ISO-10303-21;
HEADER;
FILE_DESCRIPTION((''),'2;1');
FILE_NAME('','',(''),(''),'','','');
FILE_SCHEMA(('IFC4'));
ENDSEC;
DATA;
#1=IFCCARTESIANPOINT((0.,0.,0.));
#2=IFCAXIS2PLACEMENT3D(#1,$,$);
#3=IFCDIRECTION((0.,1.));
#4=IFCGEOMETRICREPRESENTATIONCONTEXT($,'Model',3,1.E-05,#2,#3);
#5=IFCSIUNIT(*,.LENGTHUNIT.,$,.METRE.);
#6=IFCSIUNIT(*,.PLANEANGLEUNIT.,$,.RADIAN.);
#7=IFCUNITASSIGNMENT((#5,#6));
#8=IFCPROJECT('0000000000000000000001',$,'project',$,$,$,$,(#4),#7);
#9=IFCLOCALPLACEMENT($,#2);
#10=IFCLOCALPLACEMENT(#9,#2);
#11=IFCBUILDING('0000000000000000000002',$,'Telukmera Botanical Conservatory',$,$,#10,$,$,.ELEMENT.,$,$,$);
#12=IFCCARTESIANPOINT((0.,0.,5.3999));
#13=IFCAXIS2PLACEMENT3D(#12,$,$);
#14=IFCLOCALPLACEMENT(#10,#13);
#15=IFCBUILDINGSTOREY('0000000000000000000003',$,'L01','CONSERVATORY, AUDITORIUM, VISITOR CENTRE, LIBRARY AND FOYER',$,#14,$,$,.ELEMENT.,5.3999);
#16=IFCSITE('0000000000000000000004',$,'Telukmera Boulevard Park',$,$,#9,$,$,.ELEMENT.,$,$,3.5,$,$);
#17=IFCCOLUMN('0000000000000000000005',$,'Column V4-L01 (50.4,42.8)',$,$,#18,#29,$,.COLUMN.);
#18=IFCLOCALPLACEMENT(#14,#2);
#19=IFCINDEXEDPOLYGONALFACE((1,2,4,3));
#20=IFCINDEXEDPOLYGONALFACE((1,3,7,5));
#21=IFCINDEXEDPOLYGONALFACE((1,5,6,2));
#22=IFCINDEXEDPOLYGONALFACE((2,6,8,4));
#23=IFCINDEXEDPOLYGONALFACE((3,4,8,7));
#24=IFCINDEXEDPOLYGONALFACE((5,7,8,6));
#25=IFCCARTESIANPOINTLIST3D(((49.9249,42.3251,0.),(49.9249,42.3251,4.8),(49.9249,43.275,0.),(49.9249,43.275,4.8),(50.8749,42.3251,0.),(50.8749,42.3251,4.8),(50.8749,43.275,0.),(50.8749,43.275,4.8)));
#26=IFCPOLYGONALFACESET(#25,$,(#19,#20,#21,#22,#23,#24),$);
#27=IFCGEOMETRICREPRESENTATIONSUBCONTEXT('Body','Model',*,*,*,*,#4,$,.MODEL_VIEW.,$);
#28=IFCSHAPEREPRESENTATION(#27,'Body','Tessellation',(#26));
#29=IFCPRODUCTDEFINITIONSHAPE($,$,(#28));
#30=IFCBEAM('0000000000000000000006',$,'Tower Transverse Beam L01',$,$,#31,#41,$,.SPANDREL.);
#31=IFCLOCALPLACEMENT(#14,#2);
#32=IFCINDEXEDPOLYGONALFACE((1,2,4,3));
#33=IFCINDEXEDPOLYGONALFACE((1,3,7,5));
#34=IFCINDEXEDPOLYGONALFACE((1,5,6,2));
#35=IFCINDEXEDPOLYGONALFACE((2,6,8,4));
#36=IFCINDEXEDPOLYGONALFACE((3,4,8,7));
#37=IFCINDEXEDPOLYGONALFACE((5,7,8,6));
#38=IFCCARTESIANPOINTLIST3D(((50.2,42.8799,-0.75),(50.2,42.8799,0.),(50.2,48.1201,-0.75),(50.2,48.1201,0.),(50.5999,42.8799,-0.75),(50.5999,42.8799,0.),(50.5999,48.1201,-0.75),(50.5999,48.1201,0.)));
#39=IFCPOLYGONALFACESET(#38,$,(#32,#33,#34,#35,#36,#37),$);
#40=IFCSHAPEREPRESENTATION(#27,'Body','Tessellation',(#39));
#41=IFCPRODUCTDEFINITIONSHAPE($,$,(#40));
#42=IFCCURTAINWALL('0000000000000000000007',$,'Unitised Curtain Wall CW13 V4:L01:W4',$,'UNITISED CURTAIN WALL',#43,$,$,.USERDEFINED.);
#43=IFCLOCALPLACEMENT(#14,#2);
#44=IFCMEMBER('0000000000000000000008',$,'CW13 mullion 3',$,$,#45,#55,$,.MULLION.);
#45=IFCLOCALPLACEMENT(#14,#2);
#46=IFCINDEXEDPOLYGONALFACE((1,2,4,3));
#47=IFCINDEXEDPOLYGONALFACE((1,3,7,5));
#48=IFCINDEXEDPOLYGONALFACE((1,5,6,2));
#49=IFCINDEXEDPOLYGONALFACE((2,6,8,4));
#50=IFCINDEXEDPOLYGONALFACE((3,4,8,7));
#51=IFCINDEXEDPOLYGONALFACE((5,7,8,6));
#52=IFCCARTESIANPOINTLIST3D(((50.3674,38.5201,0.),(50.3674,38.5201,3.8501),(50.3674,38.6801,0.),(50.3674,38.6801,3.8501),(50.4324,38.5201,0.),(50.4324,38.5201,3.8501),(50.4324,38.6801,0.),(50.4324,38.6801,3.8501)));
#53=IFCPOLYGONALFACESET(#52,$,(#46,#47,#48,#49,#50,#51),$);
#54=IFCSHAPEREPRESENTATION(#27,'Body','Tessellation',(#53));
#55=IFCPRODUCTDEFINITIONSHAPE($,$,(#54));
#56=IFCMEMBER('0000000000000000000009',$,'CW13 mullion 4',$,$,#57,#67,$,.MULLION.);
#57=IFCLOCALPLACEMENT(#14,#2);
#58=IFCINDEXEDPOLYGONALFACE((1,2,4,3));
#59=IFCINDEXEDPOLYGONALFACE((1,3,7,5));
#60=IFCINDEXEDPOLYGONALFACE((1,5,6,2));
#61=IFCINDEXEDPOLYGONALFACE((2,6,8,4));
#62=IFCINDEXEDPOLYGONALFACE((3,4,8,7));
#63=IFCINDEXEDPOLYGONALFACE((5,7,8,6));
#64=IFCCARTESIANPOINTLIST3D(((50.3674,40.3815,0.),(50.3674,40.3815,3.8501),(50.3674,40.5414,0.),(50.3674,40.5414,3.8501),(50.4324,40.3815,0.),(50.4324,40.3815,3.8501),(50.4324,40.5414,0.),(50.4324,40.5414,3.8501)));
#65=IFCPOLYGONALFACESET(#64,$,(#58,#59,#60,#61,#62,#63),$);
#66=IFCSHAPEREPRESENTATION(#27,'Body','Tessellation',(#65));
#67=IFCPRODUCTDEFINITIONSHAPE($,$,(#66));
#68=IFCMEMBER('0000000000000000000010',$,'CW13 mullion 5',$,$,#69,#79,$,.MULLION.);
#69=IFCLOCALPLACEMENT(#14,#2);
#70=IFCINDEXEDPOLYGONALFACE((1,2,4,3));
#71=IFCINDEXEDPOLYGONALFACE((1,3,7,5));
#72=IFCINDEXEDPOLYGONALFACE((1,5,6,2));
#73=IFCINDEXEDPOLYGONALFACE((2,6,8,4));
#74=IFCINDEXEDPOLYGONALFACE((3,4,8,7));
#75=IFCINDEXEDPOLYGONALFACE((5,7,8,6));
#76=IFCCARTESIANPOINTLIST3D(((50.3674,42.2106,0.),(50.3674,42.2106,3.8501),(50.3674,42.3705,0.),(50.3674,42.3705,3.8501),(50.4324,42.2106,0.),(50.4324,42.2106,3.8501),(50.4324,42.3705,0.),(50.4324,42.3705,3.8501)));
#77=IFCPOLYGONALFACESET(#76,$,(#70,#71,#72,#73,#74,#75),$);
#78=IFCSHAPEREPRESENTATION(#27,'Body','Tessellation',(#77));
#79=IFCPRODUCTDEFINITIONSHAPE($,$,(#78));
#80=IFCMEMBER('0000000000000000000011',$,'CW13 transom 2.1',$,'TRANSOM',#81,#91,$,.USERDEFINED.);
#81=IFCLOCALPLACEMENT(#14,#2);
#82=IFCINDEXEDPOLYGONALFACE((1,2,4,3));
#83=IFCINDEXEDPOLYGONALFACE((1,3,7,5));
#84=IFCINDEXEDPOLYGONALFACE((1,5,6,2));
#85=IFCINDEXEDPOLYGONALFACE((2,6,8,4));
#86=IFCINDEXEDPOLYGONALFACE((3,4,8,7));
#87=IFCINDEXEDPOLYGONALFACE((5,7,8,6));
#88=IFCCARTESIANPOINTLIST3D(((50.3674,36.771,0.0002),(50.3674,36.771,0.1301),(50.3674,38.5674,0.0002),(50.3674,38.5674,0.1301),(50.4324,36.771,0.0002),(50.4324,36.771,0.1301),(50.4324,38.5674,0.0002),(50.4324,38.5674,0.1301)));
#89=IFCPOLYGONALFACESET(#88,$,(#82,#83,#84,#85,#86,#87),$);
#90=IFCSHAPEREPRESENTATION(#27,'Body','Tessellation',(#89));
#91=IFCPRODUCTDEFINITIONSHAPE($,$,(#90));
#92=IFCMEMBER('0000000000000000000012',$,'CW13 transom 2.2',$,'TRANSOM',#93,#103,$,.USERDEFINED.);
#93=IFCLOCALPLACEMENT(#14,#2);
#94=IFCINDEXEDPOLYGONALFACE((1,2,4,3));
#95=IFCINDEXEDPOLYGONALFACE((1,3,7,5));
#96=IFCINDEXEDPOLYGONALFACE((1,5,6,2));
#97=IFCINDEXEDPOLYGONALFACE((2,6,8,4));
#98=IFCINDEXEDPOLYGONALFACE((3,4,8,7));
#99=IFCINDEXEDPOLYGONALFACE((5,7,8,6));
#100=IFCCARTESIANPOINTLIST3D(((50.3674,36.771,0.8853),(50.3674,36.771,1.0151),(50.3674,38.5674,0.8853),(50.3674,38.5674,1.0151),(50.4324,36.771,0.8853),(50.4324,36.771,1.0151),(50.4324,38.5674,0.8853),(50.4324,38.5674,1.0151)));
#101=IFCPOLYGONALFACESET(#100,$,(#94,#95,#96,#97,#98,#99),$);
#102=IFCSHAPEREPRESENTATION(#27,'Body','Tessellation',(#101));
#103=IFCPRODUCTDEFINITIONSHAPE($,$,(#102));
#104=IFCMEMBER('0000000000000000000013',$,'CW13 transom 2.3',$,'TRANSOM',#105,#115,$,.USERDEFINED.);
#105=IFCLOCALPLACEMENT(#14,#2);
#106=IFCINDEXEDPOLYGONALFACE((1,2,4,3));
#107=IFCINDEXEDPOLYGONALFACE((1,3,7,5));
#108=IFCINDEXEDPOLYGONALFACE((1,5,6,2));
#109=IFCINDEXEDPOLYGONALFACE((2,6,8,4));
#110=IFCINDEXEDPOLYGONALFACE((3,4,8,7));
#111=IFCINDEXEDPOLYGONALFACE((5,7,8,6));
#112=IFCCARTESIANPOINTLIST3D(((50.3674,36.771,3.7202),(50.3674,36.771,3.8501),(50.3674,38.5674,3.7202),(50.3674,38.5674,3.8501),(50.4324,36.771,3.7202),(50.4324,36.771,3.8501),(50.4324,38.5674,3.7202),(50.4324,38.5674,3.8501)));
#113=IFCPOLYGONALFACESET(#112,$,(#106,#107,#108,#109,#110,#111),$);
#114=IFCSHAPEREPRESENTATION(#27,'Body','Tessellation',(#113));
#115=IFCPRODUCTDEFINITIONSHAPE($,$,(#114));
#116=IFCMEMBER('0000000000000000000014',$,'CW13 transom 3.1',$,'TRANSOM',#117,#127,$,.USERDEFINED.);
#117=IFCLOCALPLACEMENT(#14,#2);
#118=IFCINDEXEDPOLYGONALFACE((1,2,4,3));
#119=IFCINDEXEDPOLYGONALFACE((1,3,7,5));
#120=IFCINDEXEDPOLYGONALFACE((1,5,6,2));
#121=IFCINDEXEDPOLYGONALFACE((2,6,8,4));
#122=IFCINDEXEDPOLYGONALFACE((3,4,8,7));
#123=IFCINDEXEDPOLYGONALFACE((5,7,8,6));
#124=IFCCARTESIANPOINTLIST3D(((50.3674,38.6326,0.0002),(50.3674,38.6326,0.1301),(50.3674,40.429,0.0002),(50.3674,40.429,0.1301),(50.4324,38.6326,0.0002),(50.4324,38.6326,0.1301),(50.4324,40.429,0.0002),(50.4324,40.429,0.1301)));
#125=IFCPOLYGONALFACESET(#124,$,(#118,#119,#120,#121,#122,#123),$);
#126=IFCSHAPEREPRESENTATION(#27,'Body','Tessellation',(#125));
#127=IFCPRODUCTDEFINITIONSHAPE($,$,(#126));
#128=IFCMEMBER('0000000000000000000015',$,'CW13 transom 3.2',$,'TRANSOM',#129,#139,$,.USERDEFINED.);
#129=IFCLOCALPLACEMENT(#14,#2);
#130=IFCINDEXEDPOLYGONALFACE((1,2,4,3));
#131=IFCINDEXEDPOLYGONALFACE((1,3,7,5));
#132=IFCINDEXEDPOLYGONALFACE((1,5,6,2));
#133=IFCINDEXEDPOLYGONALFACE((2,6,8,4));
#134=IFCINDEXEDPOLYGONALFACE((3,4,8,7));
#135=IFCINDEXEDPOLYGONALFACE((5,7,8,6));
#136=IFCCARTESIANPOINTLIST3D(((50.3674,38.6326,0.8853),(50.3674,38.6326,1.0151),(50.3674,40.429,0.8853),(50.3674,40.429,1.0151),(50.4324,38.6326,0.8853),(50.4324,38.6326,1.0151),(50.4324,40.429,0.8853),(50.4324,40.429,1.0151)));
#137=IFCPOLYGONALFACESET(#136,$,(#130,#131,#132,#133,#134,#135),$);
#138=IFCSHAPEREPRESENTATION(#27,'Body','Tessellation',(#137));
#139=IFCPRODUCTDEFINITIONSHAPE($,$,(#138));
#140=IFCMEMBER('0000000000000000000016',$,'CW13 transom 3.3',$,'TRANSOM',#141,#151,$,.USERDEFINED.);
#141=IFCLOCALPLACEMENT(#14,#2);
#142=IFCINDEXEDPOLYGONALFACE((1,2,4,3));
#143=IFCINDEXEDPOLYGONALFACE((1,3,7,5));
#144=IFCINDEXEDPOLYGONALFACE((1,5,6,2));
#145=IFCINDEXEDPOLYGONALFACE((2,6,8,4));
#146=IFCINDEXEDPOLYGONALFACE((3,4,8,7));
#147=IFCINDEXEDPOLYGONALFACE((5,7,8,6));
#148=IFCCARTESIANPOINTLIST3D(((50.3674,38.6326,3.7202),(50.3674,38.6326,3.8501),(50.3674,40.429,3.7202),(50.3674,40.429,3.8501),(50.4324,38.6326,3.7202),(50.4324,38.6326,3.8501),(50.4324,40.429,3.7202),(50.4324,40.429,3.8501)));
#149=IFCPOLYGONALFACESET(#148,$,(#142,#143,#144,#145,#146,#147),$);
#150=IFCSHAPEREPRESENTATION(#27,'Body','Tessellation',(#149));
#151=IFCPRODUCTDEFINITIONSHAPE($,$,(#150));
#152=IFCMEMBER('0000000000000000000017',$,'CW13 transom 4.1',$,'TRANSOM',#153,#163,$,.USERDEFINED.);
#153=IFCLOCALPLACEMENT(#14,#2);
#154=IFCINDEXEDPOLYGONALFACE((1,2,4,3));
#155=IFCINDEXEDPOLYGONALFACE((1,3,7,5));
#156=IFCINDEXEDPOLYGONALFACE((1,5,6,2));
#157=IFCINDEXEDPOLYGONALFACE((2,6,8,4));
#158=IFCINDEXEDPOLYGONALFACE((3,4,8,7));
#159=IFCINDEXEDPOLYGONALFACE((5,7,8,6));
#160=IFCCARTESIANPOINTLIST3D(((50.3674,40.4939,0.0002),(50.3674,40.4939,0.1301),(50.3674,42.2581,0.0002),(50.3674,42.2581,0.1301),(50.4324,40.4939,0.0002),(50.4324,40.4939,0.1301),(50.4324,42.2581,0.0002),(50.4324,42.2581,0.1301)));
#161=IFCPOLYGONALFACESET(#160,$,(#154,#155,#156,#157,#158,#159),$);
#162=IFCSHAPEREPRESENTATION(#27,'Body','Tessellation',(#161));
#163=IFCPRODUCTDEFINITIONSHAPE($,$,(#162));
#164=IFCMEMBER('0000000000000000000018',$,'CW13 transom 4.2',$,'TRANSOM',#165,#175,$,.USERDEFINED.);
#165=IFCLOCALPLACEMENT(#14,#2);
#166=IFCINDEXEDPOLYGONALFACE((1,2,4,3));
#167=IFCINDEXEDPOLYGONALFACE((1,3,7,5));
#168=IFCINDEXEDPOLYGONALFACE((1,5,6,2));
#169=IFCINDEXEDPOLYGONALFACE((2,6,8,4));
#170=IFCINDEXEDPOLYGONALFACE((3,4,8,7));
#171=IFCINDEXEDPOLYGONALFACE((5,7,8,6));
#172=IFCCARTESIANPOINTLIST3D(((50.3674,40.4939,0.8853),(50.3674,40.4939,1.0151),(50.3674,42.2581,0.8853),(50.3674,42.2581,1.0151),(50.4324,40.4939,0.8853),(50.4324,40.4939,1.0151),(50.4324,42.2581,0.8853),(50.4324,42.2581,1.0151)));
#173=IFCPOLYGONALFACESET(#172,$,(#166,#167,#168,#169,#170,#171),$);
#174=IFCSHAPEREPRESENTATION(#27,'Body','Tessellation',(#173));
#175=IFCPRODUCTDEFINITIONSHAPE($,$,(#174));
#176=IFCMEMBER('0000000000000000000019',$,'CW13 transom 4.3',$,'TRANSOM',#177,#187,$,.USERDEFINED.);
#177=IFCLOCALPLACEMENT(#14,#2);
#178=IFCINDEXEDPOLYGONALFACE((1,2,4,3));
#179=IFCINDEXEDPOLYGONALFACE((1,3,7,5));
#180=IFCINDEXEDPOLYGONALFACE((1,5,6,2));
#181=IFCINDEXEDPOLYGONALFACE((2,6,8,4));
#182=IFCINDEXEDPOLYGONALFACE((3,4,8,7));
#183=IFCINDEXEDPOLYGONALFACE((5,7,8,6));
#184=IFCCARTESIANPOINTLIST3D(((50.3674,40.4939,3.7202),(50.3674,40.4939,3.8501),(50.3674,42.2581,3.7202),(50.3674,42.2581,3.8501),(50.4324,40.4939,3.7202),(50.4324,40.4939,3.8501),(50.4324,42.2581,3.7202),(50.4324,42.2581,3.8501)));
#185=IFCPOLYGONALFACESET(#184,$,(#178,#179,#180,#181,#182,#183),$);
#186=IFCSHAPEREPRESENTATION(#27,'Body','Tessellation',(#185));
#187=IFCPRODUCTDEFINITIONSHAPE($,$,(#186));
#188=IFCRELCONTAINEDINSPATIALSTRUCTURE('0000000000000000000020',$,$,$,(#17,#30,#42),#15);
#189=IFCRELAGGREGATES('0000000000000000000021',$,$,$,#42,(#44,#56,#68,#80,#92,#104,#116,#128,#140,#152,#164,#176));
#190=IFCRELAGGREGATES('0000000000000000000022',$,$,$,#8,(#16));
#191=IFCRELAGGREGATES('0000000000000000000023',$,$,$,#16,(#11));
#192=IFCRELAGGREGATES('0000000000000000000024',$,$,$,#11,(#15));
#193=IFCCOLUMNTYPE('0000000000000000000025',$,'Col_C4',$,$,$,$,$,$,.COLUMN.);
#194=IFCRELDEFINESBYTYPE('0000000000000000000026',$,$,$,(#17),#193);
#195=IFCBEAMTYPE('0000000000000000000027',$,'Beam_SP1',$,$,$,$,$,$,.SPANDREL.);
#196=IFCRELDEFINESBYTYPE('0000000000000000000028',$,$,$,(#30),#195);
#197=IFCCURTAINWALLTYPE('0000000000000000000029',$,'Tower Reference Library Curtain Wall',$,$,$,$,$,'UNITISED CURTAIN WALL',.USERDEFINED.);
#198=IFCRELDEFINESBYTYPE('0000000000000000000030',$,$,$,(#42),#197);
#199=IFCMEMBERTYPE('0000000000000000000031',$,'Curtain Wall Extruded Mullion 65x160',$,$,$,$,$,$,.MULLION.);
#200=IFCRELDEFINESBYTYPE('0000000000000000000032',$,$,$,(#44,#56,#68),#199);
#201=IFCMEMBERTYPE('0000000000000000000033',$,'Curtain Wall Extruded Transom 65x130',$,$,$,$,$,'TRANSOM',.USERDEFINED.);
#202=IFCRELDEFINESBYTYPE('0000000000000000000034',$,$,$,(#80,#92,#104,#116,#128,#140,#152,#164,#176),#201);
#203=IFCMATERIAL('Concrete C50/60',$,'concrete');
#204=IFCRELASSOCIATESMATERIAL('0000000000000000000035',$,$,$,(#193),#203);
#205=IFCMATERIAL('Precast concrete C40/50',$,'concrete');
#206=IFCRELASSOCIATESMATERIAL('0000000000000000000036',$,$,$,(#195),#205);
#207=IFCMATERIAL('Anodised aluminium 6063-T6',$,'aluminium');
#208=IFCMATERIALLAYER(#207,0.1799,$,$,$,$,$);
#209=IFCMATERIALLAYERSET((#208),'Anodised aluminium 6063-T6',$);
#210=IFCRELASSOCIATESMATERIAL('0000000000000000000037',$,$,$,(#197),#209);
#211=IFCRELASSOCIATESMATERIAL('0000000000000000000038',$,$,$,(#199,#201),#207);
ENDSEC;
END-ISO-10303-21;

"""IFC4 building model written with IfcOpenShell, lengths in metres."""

from ifc_helpers import new_model, si_unit, direction, frame, origin, origin_2d, place, context, subcontext, project, spatial, rectangle, extrude, material, layer, layer_set, material_profile, profile_set, type_object, element, aggregate, save


model = new_model("IFC4")

# Units and contexts
model_context = context("Model", 3, precision=1e-05, world=origin(), true_north=direction((0.0, 1.0)))
body_context = subcontext(model_context, "Body", "Model", "MODEL_VIEW")
ifc_project = project(units=[si_unit("LENGTHUNIT", "METRE"), si_unit("PLANEANGLEUNIT", "RADIAN")], contexts=[model_context])

# Site, building, storey
site_placement = place(None, origin())
site = spatial("IfcSite", under=ifc_project, at=site_placement, Name="Telukmera Boulevard Park", CompositionType="ELEMENT", RefElevation=3.5)
building_placement = place(site_placement, origin())
building = spatial("IfcBuilding", under=site, at=building_placement, Name="Telukmera Botanical Conservatory", CompositionType="ELEMENT")
storey_placement = place(building_placement, frame((0.0, 0.0, 5.3999)))
storey = spatial("IfcBuildingStorey", under=building, at=storey_placement, Name="L01", Description="CONSERVATORY, AUDITORIUM, VISITOR CENTRE, LIBRARY AND FOYER", CompositionType="ELEMENT", Elevation=5.3999)

# Column
ifc_material_1 = material(Name="Concrete C50/60", Category="concrete")
ifc_material_profile_1 = material_profile(ifc_material_1, rectangle(XDim=0.95, YDim=0.95, at=origin_2d()), Name="RC 950x950")
ifc_profile_set_1 = profile_set([ifc_material_profile_1], Name="Concrete C50/60")
column_type = type_object("IfcColumnType", Name="Col_C4", PredefinedType="COLUMN", material=ifc_profile_set_1)
column_placement = place(storey_placement, frame((50.3999, 42.8, 0.0), z_axis=(0.0, 0.0, 1.0), x_axis=(1.0, 0.0, 0.0)))
element("IfcColumn", 1, at=column_placement, inside=storey, type_object=column_type, Name="Column V4-L01 (50.4,42.8)", PredefinedType="COLUMN", context=body_context, shape_type="SweptSolid", body=[
    extrude(rectangle(XDim=0.95, YDim=0.95, at=origin_2d()), origin(), (0.0, 0.0, 1.0), 4.8),
])

# Beam
ifc_material_2 = material(Name="Precast concrete C40/50", Category="concrete")
ifc_material_profile_2 = material_profile(ifc_material_2, rectangle(XDim=0.3999, YDim=0.75, at=origin_2d()), Name="PC 400x750")
ifc_profile_set_2 = profile_set([ifc_material_profile_2], Name="Precast concrete C40/50")
beam_type = type_object("IfcBeamType", Name="Beam_SP1", PredefinedType="SPANDREL", material=ifc_profile_set_2)
beam_placement = place(storey_placement, frame((50.3999, 42.8799, -0.375), z_axis=(0.0, 1.0, 0.0), x_axis=(-1.0, 0.0, 0.0)))
element("IfcBeam", 2, at=beam_placement, inside=storey, type_object=beam_type, Name="Tower Transverse Beam L01", PredefinedType="SPANDREL", context=body_context, shape_type="SweptSolid", body=[
    extrude(rectangle(XDim=0.3999, YDim=0.75, at=origin_2d()), origin(), (0.0, 0.0, 1.0), 5.2402),
])

# Curtain wall, members
ifc_material_3 = material(Name="Anodised aluminium 6063-T6", Category="aluminium")
ifc_layer_1 = layer(ifc_material_3, 0.1799)
ifc_layer_set_1 = layer_set([ifc_layer_1], Name="Anodised aluminium 6063-T6")
curtain_wall_type = type_object("IfcCurtainWallType", Name="Tower Reference Library Curtain Wall", ElementType="UNITISED CURTAIN WALL", PredefinedType="USERDEFINED", material=ifc_layer_set_1)
curtain_wall_placement = place(storey_placement, origin())
curtain_wall = element("IfcCurtainWall", 3, at=curtain_wall_placement, inside=storey, type_object=curtain_wall_type, Name="Unitised Curtain Wall CW13 V4:L01:W4", ObjectType="UNITISED CURTAIN WALL", PredefinedType="USERDEFINED")
ifc_material_profile_3 = material_profile(ifc_material_3, rectangle(XDim=0.0649, YDim=0.1599, at=origin_2d()), Name="ALU MULL 65x160")
ifc_profile_set_3 = profile_set([ifc_material_profile_3], Name="Anodised aluminium 6063-T6")
member_type_1 = type_object("IfcMemberType", Name="Curtain Wall Extruded Mullion 65x160", PredefinedType="MULLION", material=ifc_profile_set_3)
member_1_placement = place(storey_placement, frame((50.3999, 38.6001, 0.0), z_axis=(0.0, 0.0, 1.0), x_axis=(-1.0, 0.0, 0.0)))
member_1 = element("IfcMember", 4, at=member_1_placement, type_object=member_type_1, Name="CW13 mullion 3", PredefinedType="MULLION", context=body_context, shape_type="SweptSolid", body=[
    extrude(rectangle(XDim=0.0649, YDim=0.1599, at=origin_2d()), origin(), (0.0, 0.0, 1.0), 3.8501),
])
member_2_placement = place(storey_placement, frame((50.3999, 40.4614, 0.0), z_axis=(0.0, 0.0, 1.0), x_axis=(-1.0, 0.0, 0.0)))
member_2 = element("IfcMember", 5, at=member_2_placement, type_object=member_type_1, Name="CW13 mullion 4", PredefinedType="MULLION", context=body_context, shape_type="SweptSolid", body=[
    extrude(rectangle(XDim=0.0649, YDim=0.1599, at=origin_2d()), origin(), (0.0, 0.0, 1.0), 3.8501),
])
member_3_placement = place(storey_placement, frame((50.3999, 42.2905, 0.0), z_axis=(0.0, 0.0, 1.0), x_axis=(-1.0, 0.0, 0.0)))
member_3 = element("IfcMember", 6, at=member_3_placement, type_object=member_type_1, Name="CW13 mullion 5", PredefinedType="MULLION", context=body_context, shape_type="SweptSolid", body=[
    extrude(rectangle(XDim=0.0649, YDim=0.1599, at=origin_2d()), origin(), (0.0, 0.0, 1.0), 3.8501),
])
ifc_material_profile_4 = material_profile(ifc_material_3, rectangle(XDim=0.0649, YDim=0.1299, at=origin_2d()), Name="ALU TRAN 65x130")
ifc_profile_set_4 = profile_set([ifc_material_profile_4], Name="Anodised aluminium 6063-T6")
member_type_2 = type_object("IfcMemberType", Name="Curtain Wall Extruded Transom 65x130", ElementType="TRANSOM", PredefinedType="USERDEFINED", material=ifc_profile_set_4)
member_4_placement = place(storey_placement, frame((50.3999, 36.771, 0.0652), z_axis=(0.0, 1.0, 0.0), x_axis=(-1.0, 0.0, 0.0)))
member_4 = element("IfcMember", 7, at=member_4_placement, type_object=member_type_2, Name="CW13 transom 2.1", ObjectType="TRANSOM", PredefinedType="USERDEFINED", context=body_context, shape_type="SweptSolid", body=[
    extrude(rectangle(XDim=0.0649, YDim=0.1299, at=origin_2d()), origin(), (0.0, 0.0, 1.0), 1.7964),
])
member_5_placement = place(storey_placement, frame((50.3999, 36.771, 0.9502), z_axis=(0.0, 1.0, 0.0), x_axis=(-1.0, 0.0, 0.0)))
member_5 = element("IfcMember", 8, at=member_5_placement, type_object=member_type_2, Name="CW13 transom 2.2", ObjectType="TRANSOM", PredefinedType="USERDEFINED", context=body_context, shape_type="SweptSolid", body=[
    extrude(rectangle(XDim=0.0649, YDim=0.1299, at=origin_2d()), origin(), (0.0, 0.0, 1.0), 1.7964),
])
member_6_placement = place(storey_placement, frame((50.3999, 36.771, 3.7852), z_axis=(0.0, 1.0, 0.0), x_axis=(-1.0, 0.0, 0.0)))
member_6 = element("IfcMember", 9, at=member_6_placement, type_object=member_type_2, Name="CW13 transom 2.3", ObjectType="TRANSOM", PredefinedType="USERDEFINED", context=body_context, shape_type="SweptSolid", body=[
    extrude(rectangle(XDim=0.0649, YDim=0.1299, at=origin_2d()), origin(), (0.0, 0.0, 1.0), 1.7964),
])
member_7_placement = place(storey_placement, frame((50.3999, 38.6326, 0.0652), z_axis=(0.0, 1.0, 0.0), x_axis=(-1.0, 0.0, 0.0)))
member_7 = element("IfcMember", 10, at=member_7_placement, type_object=member_type_2, Name="CW13 transom 3.1", ObjectType="TRANSOM", PredefinedType="USERDEFINED", context=body_context, shape_type="SweptSolid", body=[
    extrude(rectangle(XDim=0.0649, YDim=0.1299, at=origin_2d()), origin(), (0.0, 0.0, 1.0), 1.7964),
])
member_8_placement = place(storey_placement, frame((50.3999, 38.6326, 0.9502), z_axis=(0.0, 1.0, 0.0), x_axis=(-1.0, 0.0, 0.0)))
member_8 = element("IfcMember", 11, at=member_8_placement, type_object=member_type_2, Name="CW13 transom 3.2", ObjectType="TRANSOM", PredefinedType="USERDEFINED", context=body_context, shape_type="SweptSolid", body=[
    extrude(rectangle(XDim=0.0649, YDim=0.1299, at=origin_2d()), origin(), (0.0, 0.0, 1.0), 1.7964),
])
member_9_placement = place(storey_placement, frame((50.3999, 38.6326, 3.7852), z_axis=(0.0, 1.0, 0.0), x_axis=(-1.0, 0.0, 0.0)))
member_9 = element("IfcMember", 12, at=member_9_placement, type_object=member_type_2, Name="CW13 transom 3.3", ObjectType="TRANSOM", PredefinedType="USERDEFINED", context=body_context, shape_type="SweptSolid", body=[
    extrude(rectangle(XDim=0.0649, YDim=0.1299, at=origin_2d()), origin(), (0.0, 0.0, 1.0), 1.7964),
])
member_10_placement = place(storey_placement, frame((50.3999, 40.4939, 0.0652), z_axis=(0.0, 1.0, 0.0), x_axis=(-1.0, 0.0, 0.0)))
member_10 = element("IfcMember", 13, at=member_10_placement, type_object=member_type_2, Name="CW13 transom 4.1", ObjectType="TRANSOM", PredefinedType="USERDEFINED", context=body_context, shape_type="SweptSolid", body=[
    extrude(rectangle(XDim=0.0649, YDim=0.1299, at=origin_2d()), origin(), (0.0, 0.0, 1.0), 1.7642),
])
member_11_placement = place(storey_placement, frame((50.3999, 40.4939, 0.9502), z_axis=(0.0, 1.0, 0.0), x_axis=(-1.0, 0.0, 0.0)))
member_11 = element("IfcMember", 14, at=member_11_placement, type_object=member_type_2, Name="CW13 transom 4.2", ObjectType="TRANSOM", PredefinedType="USERDEFINED", context=body_context, shape_type="SweptSolid", body=[
    extrude(rectangle(XDim=0.0649, YDim=0.1299, at=origin_2d()), origin(), (0.0, 0.0, 1.0), 1.7642),
])
member_12_placement = place(storey_placement, frame((50.3999, 40.4939, 3.7852), z_axis=(0.0, 1.0, 0.0), x_axis=(-1.0, 0.0, 0.0)))
member_12 = element("IfcMember", 15, at=member_12_placement, type_object=member_type_2, Name="CW13 transom 4.3", ObjectType="TRANSOM", PredefinedType="USERDEFINED", context=body_context, shape_type="SweptSolid", body=[
    extrude(rectangle(XDim=0.0649, YDim=0.1299, at=origin_2d()), origin(), (0.0, 0.0, 1.0), 1.7642),
])
aggregate(curtain_wall, [member_1, member_2, member_3, member_4, member_5, member_6, member_7, member_8, member_9, member_10, member_11, member_12])

save(model, "model.ifc")
